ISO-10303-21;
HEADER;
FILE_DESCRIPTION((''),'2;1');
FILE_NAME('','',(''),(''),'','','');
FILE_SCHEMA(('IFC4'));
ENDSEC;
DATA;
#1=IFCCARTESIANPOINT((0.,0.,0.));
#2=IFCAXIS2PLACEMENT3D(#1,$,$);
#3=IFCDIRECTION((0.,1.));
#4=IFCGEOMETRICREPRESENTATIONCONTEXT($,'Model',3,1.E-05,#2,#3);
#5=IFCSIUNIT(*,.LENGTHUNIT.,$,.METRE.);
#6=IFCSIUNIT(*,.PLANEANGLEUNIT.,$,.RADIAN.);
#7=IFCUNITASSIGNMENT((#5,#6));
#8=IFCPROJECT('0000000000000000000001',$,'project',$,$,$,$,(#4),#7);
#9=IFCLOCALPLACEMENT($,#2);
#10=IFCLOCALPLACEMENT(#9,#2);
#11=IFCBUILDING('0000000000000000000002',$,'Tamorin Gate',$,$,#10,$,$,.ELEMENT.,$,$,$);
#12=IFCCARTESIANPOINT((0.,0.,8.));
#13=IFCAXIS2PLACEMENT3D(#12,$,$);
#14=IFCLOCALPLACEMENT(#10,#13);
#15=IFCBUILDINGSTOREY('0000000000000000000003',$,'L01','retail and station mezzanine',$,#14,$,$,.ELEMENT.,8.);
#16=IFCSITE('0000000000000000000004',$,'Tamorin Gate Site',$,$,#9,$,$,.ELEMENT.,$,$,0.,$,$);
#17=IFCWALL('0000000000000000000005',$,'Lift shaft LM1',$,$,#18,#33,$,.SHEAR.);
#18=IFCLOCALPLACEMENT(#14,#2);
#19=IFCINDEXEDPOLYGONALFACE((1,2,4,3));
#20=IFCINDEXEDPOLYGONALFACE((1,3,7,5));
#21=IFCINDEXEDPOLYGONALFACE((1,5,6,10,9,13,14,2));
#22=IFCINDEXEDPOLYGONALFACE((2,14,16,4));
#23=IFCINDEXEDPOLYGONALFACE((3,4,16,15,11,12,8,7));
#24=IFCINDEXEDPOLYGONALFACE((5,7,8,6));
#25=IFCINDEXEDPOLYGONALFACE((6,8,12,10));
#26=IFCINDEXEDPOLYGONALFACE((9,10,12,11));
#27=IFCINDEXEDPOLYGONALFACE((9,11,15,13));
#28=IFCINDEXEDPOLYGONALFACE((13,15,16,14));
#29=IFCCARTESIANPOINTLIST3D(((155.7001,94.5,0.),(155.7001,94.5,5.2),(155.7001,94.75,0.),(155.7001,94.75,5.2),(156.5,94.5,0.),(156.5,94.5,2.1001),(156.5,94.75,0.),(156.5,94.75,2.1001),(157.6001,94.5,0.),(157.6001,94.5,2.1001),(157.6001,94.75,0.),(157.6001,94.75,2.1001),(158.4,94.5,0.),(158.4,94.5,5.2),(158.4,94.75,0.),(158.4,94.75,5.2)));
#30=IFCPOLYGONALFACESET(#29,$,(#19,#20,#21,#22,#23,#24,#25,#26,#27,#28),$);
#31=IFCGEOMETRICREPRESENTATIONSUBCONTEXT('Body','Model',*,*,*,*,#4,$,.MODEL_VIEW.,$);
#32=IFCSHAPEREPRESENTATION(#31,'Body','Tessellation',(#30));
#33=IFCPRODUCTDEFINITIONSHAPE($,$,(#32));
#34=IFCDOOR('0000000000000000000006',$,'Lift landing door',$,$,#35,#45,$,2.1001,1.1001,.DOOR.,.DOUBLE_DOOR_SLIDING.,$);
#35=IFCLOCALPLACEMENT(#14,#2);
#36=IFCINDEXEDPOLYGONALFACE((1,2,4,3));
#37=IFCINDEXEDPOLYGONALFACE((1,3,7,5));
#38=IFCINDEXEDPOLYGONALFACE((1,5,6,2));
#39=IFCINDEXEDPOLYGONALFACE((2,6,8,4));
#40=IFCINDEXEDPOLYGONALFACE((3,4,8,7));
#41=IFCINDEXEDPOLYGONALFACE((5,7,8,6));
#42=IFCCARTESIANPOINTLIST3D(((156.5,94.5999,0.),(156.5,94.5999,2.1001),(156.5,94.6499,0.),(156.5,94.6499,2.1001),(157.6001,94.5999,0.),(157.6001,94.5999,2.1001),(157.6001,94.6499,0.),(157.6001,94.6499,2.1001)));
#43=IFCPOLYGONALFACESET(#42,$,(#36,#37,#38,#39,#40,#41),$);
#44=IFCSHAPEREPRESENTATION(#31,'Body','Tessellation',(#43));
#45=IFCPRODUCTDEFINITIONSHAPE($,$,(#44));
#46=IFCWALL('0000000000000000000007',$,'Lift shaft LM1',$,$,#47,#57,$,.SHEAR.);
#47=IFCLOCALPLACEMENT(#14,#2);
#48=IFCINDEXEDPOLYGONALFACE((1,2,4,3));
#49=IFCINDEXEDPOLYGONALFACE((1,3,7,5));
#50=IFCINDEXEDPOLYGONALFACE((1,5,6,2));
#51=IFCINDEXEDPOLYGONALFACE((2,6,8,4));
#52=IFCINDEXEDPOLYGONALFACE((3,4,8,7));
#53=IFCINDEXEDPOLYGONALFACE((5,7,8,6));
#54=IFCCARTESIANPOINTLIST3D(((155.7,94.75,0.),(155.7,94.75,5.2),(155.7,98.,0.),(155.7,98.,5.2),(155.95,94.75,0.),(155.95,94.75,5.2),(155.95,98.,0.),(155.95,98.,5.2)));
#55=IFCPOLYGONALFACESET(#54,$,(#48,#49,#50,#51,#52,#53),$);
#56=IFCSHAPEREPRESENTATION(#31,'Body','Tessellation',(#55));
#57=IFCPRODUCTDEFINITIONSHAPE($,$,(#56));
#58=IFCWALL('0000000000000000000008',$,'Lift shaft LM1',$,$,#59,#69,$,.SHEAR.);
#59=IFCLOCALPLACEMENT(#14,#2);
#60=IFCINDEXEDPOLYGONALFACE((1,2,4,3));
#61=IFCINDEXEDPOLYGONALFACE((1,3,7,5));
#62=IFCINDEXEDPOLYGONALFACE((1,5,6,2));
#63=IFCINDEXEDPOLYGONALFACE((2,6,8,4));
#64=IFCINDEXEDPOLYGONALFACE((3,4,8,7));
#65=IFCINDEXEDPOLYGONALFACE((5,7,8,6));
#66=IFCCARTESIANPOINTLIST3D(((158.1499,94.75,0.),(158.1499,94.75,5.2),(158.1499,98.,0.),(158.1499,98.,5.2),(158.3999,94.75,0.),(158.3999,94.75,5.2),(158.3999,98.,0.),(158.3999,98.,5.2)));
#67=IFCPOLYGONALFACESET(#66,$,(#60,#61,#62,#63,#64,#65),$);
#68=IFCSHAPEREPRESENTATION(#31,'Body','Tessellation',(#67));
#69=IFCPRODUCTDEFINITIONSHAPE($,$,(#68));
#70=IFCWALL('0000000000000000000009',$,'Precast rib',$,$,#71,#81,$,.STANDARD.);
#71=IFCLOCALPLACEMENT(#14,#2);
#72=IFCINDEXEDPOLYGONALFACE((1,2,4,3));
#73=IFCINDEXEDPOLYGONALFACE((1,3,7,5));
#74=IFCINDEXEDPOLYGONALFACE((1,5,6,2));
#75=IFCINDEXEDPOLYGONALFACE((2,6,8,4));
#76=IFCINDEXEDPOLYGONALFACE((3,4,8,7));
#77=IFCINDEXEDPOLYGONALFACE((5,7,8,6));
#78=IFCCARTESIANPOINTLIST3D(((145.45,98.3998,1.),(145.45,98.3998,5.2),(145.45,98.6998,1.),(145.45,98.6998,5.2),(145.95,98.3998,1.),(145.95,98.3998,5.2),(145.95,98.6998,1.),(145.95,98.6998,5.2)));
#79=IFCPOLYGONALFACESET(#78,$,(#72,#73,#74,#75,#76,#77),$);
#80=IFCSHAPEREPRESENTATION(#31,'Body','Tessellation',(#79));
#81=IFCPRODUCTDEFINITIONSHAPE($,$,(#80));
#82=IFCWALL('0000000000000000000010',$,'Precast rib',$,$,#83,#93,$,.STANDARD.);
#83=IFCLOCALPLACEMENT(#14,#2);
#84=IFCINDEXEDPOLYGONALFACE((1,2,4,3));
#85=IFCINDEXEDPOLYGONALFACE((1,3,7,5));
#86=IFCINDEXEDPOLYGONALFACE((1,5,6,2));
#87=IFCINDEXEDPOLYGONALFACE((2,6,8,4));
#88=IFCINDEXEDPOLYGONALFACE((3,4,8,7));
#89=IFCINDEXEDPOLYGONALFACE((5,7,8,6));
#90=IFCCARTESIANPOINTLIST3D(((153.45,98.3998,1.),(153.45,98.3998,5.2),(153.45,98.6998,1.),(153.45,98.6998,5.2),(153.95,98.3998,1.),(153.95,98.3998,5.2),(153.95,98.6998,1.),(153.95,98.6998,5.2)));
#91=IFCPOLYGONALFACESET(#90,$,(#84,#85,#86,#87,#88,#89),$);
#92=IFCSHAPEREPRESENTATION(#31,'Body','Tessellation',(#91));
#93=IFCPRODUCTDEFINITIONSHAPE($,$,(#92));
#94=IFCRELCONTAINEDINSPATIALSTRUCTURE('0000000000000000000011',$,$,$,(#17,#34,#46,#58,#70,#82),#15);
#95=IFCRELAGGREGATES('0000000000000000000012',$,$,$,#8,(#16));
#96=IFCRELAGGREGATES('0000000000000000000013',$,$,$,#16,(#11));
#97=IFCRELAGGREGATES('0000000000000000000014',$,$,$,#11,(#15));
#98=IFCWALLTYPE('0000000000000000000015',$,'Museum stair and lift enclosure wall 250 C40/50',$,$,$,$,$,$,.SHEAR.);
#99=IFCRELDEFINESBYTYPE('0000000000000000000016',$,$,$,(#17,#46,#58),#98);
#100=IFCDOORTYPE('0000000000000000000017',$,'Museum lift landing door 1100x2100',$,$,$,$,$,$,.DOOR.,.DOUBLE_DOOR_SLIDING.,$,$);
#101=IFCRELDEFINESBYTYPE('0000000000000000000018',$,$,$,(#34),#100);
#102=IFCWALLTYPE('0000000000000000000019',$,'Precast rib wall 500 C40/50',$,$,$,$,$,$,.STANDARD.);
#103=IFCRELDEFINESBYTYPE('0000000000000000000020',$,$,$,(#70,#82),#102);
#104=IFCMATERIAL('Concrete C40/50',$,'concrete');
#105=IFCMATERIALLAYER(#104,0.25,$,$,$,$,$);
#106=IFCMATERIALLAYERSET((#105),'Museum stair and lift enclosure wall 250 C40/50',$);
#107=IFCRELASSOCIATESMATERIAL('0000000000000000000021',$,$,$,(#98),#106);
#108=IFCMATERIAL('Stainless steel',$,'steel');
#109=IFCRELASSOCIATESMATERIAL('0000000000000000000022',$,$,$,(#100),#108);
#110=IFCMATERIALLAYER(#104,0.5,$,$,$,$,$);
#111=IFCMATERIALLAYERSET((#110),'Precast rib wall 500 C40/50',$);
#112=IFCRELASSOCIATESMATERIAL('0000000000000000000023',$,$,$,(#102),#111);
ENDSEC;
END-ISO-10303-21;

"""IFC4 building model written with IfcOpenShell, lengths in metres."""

from ifc_helpers import new_model, si_unit, direction, frame, frame_2d, origin, place, context, subcontext, project, spatial, rectangle, extrude, material, layer, layer_set, type_object, element, fill, save


model = new_model("IFC4")

# Units and contexts
model_context = context("Model", 3, precision=1e-05, world=origin(), true_north=direction((0.0, 1.0)))
body_context = subcontext(model_context, "Body", "Model", "MODEL_VIEW")
ifc_project = project(units=[si_unit("LENGTHUNIT", "METRE"), si_unit("PLANEANGLEUNIT", "RADIAN")], contexts=[model_context])

# Site, building, storey
site_placement = place(None, origin())
site = spatial("IfcSite", under=ifc_project, at=site_placement, Name="Tamorin Gate Site", CompositionType="ELEMENT", RefElevation=0.0)
building_placement = place(site_placement, origin())
building = spatial("IfcBuilding", under=site, at=building_placement, Name="Tamorin Gate", CompositionType="ELEMENT")
storey_placement = place(building_placement, frame((0.0, 0.0, 8.0)))
storey = spatial("IfcBuildingStorey", under=building, at=storey_placement, Name="L01", Description="retail and station mezzanine", CompositionType="ELEMENT", Elevation=8.0)

# Shared definitions
ifc_material_1 = material(Name="Concrete C40/50", Category="concrete")
ifc_layer_1 = layer(ifc_material_1, 0.25)
ifc_layer_set_1 = layer_set([ifc_layer_1], Name="Museum stair and lift enclosure wall 250 C40/50")
wall_type_1 = type_object("IfcWallType", Name="Museum stair and lift enclosure wall 250 C40/50", PredefinedType="SHEAR", material=ifc_layer_set_1)

# Wall, opening, door
wall_1_placement = place(storey_placement, frame((155.7, 94.625, 0.0), z_axis=(0.0, 0.0, 1.0), x_axis=(1.0, 0.0, 0.0)))
wall_1 = element("IfcWall", 1, at=wall_1_placement, inside=storey, type_object=wall_type_1, Name="Lift shaft LM1", PredefinedType="SHEAR", context=body_context, shape_type="SweptSolid", body=[
    extrude(rectangle(XDim=2.7, YDim=0.25, at=frame_2d((1.3501, 0.0))), origin(), (0.0, 0.0, 1.0), 5.2),
])
opening_1_placement = place(wall_1_placement, frame((0.8, 0.0, 0.0)))
opening_1 = element("IfcOpeningElement", 2, at=opening_1_placement, cuts=wall_1, PredefinedType="OPENING", context=body_context, shape_type="SweptSolid", body=[
    extrude(rectangle(XDim=1.1001, YDim=2.1001, at=frame_2d((0.55, 1.05))), frame((0.0, 0.135, 0.0), z_axis=(0.0, -1.0, 0.0), x_axis=(1.0, 0.0, 0.0)), (0.0, 0.0, 1.0), 0.27),
])
ifc_material_2 = material(Name="Stainless steel", Category="steel")
door_type_1 = type_object("IfcDoorType", Name="Museum lift landing door 1100x2100", OperationType="DOUBLE_DOOR_SLIDING", PredefinedType="DOOR", material=ifc_material_2)
door_1_placement = place(opening_1_placement, origin())
door_1 = element("IfcDoor", 3, at=door_1_placement, inside=storey, type_object=door_type_1, Name="Lift landing door", OperationType="DOUBLE_DOOR_SLIDING", OverallHeight=2.1001, OverallWidth=1.1001, PredefinedType="DOOR", context=body_context, shape_type="SweptSolid", body=[
    extrude(rectangle(XDim=1.1001, YDim=2.1001, at=frame_2d((0.55, 1.05))), frame((0.0, 0.0249, 0.0), z_axis=(0.0, -1.0, 0.0), x_axis=(1.0, 0.0, 0.0)), (0.0, 0.0, 1.0), 0.05),
])
fill(opening_1, door_1)

# Walls
for number, where, z_axis, x_axis, name in (
    (4, (155.825, 94.75, 0.0), (0.0, 0.0, 1.0), (0.0, 1.0, 0.0), "Lift shaft LM1"),
    (5, (158.2749, 94.75, 0.0), (0.0, 0.0, 1.0), (0.0, 1.0, 0.0), "Lift shaft LM1"),
):
    element("IfcWall", number, at=place(storey_placement, frame(where, z_axis=z_axis, x_axis=x_axis)), inside=storey, type_object=wall_type_1, Name=name, PredefinedType="SHEAR", context=body_context, shape_type="SweptSolid", body=[
        extrude(rectangle(XDim=3.25, YDim=0.25, at=frame_2d((1.625, 0.0))), origin(), (0.0, 0.0, 1.0), 5.2),
    ])
ifc_layer_2 = layer(ifc_material_1, 0.5)
ifc_layer_set_2 = layer_set([ifc_layer_2], Name="Precast rib wall 500 C40/50")
wall_type_2 = type_object("IfcWallType", Name="Precast rib wall 500 C40/50", PredefinedType="STANDARD", material=ifc_layer_set_2)
for number, where, z_axis, x_axis, name in (
    (6, (145.7, 98.3999, 1.0), (0.0, 0.0, 1.0), (0.0, 1.0, 0.0), "Precast rib"),
    (7, (153.7, 98.3999, 1.0), (0.0, 0.0, 1.0), (0.0, 1.0, 0.0), "Precast rib"),
):
    element("IfcWall", number, at=place(storey_placement, frame(where, z_axis=z_axis, x_axis=x_axis)), inside=storey, type_object=wall_type_2, Name=name, PredefinedType="STANDARD", context=body_context, shape_type="SweptSolid", body=[
        extrude(rectangle(XDim=0.3, YDim=0.5, at=frame_2d((0.1499, 0.0))), origin(), (0.0, 0.0, 1.0), 4.2),
    ])

save(model, "model.ifc")
